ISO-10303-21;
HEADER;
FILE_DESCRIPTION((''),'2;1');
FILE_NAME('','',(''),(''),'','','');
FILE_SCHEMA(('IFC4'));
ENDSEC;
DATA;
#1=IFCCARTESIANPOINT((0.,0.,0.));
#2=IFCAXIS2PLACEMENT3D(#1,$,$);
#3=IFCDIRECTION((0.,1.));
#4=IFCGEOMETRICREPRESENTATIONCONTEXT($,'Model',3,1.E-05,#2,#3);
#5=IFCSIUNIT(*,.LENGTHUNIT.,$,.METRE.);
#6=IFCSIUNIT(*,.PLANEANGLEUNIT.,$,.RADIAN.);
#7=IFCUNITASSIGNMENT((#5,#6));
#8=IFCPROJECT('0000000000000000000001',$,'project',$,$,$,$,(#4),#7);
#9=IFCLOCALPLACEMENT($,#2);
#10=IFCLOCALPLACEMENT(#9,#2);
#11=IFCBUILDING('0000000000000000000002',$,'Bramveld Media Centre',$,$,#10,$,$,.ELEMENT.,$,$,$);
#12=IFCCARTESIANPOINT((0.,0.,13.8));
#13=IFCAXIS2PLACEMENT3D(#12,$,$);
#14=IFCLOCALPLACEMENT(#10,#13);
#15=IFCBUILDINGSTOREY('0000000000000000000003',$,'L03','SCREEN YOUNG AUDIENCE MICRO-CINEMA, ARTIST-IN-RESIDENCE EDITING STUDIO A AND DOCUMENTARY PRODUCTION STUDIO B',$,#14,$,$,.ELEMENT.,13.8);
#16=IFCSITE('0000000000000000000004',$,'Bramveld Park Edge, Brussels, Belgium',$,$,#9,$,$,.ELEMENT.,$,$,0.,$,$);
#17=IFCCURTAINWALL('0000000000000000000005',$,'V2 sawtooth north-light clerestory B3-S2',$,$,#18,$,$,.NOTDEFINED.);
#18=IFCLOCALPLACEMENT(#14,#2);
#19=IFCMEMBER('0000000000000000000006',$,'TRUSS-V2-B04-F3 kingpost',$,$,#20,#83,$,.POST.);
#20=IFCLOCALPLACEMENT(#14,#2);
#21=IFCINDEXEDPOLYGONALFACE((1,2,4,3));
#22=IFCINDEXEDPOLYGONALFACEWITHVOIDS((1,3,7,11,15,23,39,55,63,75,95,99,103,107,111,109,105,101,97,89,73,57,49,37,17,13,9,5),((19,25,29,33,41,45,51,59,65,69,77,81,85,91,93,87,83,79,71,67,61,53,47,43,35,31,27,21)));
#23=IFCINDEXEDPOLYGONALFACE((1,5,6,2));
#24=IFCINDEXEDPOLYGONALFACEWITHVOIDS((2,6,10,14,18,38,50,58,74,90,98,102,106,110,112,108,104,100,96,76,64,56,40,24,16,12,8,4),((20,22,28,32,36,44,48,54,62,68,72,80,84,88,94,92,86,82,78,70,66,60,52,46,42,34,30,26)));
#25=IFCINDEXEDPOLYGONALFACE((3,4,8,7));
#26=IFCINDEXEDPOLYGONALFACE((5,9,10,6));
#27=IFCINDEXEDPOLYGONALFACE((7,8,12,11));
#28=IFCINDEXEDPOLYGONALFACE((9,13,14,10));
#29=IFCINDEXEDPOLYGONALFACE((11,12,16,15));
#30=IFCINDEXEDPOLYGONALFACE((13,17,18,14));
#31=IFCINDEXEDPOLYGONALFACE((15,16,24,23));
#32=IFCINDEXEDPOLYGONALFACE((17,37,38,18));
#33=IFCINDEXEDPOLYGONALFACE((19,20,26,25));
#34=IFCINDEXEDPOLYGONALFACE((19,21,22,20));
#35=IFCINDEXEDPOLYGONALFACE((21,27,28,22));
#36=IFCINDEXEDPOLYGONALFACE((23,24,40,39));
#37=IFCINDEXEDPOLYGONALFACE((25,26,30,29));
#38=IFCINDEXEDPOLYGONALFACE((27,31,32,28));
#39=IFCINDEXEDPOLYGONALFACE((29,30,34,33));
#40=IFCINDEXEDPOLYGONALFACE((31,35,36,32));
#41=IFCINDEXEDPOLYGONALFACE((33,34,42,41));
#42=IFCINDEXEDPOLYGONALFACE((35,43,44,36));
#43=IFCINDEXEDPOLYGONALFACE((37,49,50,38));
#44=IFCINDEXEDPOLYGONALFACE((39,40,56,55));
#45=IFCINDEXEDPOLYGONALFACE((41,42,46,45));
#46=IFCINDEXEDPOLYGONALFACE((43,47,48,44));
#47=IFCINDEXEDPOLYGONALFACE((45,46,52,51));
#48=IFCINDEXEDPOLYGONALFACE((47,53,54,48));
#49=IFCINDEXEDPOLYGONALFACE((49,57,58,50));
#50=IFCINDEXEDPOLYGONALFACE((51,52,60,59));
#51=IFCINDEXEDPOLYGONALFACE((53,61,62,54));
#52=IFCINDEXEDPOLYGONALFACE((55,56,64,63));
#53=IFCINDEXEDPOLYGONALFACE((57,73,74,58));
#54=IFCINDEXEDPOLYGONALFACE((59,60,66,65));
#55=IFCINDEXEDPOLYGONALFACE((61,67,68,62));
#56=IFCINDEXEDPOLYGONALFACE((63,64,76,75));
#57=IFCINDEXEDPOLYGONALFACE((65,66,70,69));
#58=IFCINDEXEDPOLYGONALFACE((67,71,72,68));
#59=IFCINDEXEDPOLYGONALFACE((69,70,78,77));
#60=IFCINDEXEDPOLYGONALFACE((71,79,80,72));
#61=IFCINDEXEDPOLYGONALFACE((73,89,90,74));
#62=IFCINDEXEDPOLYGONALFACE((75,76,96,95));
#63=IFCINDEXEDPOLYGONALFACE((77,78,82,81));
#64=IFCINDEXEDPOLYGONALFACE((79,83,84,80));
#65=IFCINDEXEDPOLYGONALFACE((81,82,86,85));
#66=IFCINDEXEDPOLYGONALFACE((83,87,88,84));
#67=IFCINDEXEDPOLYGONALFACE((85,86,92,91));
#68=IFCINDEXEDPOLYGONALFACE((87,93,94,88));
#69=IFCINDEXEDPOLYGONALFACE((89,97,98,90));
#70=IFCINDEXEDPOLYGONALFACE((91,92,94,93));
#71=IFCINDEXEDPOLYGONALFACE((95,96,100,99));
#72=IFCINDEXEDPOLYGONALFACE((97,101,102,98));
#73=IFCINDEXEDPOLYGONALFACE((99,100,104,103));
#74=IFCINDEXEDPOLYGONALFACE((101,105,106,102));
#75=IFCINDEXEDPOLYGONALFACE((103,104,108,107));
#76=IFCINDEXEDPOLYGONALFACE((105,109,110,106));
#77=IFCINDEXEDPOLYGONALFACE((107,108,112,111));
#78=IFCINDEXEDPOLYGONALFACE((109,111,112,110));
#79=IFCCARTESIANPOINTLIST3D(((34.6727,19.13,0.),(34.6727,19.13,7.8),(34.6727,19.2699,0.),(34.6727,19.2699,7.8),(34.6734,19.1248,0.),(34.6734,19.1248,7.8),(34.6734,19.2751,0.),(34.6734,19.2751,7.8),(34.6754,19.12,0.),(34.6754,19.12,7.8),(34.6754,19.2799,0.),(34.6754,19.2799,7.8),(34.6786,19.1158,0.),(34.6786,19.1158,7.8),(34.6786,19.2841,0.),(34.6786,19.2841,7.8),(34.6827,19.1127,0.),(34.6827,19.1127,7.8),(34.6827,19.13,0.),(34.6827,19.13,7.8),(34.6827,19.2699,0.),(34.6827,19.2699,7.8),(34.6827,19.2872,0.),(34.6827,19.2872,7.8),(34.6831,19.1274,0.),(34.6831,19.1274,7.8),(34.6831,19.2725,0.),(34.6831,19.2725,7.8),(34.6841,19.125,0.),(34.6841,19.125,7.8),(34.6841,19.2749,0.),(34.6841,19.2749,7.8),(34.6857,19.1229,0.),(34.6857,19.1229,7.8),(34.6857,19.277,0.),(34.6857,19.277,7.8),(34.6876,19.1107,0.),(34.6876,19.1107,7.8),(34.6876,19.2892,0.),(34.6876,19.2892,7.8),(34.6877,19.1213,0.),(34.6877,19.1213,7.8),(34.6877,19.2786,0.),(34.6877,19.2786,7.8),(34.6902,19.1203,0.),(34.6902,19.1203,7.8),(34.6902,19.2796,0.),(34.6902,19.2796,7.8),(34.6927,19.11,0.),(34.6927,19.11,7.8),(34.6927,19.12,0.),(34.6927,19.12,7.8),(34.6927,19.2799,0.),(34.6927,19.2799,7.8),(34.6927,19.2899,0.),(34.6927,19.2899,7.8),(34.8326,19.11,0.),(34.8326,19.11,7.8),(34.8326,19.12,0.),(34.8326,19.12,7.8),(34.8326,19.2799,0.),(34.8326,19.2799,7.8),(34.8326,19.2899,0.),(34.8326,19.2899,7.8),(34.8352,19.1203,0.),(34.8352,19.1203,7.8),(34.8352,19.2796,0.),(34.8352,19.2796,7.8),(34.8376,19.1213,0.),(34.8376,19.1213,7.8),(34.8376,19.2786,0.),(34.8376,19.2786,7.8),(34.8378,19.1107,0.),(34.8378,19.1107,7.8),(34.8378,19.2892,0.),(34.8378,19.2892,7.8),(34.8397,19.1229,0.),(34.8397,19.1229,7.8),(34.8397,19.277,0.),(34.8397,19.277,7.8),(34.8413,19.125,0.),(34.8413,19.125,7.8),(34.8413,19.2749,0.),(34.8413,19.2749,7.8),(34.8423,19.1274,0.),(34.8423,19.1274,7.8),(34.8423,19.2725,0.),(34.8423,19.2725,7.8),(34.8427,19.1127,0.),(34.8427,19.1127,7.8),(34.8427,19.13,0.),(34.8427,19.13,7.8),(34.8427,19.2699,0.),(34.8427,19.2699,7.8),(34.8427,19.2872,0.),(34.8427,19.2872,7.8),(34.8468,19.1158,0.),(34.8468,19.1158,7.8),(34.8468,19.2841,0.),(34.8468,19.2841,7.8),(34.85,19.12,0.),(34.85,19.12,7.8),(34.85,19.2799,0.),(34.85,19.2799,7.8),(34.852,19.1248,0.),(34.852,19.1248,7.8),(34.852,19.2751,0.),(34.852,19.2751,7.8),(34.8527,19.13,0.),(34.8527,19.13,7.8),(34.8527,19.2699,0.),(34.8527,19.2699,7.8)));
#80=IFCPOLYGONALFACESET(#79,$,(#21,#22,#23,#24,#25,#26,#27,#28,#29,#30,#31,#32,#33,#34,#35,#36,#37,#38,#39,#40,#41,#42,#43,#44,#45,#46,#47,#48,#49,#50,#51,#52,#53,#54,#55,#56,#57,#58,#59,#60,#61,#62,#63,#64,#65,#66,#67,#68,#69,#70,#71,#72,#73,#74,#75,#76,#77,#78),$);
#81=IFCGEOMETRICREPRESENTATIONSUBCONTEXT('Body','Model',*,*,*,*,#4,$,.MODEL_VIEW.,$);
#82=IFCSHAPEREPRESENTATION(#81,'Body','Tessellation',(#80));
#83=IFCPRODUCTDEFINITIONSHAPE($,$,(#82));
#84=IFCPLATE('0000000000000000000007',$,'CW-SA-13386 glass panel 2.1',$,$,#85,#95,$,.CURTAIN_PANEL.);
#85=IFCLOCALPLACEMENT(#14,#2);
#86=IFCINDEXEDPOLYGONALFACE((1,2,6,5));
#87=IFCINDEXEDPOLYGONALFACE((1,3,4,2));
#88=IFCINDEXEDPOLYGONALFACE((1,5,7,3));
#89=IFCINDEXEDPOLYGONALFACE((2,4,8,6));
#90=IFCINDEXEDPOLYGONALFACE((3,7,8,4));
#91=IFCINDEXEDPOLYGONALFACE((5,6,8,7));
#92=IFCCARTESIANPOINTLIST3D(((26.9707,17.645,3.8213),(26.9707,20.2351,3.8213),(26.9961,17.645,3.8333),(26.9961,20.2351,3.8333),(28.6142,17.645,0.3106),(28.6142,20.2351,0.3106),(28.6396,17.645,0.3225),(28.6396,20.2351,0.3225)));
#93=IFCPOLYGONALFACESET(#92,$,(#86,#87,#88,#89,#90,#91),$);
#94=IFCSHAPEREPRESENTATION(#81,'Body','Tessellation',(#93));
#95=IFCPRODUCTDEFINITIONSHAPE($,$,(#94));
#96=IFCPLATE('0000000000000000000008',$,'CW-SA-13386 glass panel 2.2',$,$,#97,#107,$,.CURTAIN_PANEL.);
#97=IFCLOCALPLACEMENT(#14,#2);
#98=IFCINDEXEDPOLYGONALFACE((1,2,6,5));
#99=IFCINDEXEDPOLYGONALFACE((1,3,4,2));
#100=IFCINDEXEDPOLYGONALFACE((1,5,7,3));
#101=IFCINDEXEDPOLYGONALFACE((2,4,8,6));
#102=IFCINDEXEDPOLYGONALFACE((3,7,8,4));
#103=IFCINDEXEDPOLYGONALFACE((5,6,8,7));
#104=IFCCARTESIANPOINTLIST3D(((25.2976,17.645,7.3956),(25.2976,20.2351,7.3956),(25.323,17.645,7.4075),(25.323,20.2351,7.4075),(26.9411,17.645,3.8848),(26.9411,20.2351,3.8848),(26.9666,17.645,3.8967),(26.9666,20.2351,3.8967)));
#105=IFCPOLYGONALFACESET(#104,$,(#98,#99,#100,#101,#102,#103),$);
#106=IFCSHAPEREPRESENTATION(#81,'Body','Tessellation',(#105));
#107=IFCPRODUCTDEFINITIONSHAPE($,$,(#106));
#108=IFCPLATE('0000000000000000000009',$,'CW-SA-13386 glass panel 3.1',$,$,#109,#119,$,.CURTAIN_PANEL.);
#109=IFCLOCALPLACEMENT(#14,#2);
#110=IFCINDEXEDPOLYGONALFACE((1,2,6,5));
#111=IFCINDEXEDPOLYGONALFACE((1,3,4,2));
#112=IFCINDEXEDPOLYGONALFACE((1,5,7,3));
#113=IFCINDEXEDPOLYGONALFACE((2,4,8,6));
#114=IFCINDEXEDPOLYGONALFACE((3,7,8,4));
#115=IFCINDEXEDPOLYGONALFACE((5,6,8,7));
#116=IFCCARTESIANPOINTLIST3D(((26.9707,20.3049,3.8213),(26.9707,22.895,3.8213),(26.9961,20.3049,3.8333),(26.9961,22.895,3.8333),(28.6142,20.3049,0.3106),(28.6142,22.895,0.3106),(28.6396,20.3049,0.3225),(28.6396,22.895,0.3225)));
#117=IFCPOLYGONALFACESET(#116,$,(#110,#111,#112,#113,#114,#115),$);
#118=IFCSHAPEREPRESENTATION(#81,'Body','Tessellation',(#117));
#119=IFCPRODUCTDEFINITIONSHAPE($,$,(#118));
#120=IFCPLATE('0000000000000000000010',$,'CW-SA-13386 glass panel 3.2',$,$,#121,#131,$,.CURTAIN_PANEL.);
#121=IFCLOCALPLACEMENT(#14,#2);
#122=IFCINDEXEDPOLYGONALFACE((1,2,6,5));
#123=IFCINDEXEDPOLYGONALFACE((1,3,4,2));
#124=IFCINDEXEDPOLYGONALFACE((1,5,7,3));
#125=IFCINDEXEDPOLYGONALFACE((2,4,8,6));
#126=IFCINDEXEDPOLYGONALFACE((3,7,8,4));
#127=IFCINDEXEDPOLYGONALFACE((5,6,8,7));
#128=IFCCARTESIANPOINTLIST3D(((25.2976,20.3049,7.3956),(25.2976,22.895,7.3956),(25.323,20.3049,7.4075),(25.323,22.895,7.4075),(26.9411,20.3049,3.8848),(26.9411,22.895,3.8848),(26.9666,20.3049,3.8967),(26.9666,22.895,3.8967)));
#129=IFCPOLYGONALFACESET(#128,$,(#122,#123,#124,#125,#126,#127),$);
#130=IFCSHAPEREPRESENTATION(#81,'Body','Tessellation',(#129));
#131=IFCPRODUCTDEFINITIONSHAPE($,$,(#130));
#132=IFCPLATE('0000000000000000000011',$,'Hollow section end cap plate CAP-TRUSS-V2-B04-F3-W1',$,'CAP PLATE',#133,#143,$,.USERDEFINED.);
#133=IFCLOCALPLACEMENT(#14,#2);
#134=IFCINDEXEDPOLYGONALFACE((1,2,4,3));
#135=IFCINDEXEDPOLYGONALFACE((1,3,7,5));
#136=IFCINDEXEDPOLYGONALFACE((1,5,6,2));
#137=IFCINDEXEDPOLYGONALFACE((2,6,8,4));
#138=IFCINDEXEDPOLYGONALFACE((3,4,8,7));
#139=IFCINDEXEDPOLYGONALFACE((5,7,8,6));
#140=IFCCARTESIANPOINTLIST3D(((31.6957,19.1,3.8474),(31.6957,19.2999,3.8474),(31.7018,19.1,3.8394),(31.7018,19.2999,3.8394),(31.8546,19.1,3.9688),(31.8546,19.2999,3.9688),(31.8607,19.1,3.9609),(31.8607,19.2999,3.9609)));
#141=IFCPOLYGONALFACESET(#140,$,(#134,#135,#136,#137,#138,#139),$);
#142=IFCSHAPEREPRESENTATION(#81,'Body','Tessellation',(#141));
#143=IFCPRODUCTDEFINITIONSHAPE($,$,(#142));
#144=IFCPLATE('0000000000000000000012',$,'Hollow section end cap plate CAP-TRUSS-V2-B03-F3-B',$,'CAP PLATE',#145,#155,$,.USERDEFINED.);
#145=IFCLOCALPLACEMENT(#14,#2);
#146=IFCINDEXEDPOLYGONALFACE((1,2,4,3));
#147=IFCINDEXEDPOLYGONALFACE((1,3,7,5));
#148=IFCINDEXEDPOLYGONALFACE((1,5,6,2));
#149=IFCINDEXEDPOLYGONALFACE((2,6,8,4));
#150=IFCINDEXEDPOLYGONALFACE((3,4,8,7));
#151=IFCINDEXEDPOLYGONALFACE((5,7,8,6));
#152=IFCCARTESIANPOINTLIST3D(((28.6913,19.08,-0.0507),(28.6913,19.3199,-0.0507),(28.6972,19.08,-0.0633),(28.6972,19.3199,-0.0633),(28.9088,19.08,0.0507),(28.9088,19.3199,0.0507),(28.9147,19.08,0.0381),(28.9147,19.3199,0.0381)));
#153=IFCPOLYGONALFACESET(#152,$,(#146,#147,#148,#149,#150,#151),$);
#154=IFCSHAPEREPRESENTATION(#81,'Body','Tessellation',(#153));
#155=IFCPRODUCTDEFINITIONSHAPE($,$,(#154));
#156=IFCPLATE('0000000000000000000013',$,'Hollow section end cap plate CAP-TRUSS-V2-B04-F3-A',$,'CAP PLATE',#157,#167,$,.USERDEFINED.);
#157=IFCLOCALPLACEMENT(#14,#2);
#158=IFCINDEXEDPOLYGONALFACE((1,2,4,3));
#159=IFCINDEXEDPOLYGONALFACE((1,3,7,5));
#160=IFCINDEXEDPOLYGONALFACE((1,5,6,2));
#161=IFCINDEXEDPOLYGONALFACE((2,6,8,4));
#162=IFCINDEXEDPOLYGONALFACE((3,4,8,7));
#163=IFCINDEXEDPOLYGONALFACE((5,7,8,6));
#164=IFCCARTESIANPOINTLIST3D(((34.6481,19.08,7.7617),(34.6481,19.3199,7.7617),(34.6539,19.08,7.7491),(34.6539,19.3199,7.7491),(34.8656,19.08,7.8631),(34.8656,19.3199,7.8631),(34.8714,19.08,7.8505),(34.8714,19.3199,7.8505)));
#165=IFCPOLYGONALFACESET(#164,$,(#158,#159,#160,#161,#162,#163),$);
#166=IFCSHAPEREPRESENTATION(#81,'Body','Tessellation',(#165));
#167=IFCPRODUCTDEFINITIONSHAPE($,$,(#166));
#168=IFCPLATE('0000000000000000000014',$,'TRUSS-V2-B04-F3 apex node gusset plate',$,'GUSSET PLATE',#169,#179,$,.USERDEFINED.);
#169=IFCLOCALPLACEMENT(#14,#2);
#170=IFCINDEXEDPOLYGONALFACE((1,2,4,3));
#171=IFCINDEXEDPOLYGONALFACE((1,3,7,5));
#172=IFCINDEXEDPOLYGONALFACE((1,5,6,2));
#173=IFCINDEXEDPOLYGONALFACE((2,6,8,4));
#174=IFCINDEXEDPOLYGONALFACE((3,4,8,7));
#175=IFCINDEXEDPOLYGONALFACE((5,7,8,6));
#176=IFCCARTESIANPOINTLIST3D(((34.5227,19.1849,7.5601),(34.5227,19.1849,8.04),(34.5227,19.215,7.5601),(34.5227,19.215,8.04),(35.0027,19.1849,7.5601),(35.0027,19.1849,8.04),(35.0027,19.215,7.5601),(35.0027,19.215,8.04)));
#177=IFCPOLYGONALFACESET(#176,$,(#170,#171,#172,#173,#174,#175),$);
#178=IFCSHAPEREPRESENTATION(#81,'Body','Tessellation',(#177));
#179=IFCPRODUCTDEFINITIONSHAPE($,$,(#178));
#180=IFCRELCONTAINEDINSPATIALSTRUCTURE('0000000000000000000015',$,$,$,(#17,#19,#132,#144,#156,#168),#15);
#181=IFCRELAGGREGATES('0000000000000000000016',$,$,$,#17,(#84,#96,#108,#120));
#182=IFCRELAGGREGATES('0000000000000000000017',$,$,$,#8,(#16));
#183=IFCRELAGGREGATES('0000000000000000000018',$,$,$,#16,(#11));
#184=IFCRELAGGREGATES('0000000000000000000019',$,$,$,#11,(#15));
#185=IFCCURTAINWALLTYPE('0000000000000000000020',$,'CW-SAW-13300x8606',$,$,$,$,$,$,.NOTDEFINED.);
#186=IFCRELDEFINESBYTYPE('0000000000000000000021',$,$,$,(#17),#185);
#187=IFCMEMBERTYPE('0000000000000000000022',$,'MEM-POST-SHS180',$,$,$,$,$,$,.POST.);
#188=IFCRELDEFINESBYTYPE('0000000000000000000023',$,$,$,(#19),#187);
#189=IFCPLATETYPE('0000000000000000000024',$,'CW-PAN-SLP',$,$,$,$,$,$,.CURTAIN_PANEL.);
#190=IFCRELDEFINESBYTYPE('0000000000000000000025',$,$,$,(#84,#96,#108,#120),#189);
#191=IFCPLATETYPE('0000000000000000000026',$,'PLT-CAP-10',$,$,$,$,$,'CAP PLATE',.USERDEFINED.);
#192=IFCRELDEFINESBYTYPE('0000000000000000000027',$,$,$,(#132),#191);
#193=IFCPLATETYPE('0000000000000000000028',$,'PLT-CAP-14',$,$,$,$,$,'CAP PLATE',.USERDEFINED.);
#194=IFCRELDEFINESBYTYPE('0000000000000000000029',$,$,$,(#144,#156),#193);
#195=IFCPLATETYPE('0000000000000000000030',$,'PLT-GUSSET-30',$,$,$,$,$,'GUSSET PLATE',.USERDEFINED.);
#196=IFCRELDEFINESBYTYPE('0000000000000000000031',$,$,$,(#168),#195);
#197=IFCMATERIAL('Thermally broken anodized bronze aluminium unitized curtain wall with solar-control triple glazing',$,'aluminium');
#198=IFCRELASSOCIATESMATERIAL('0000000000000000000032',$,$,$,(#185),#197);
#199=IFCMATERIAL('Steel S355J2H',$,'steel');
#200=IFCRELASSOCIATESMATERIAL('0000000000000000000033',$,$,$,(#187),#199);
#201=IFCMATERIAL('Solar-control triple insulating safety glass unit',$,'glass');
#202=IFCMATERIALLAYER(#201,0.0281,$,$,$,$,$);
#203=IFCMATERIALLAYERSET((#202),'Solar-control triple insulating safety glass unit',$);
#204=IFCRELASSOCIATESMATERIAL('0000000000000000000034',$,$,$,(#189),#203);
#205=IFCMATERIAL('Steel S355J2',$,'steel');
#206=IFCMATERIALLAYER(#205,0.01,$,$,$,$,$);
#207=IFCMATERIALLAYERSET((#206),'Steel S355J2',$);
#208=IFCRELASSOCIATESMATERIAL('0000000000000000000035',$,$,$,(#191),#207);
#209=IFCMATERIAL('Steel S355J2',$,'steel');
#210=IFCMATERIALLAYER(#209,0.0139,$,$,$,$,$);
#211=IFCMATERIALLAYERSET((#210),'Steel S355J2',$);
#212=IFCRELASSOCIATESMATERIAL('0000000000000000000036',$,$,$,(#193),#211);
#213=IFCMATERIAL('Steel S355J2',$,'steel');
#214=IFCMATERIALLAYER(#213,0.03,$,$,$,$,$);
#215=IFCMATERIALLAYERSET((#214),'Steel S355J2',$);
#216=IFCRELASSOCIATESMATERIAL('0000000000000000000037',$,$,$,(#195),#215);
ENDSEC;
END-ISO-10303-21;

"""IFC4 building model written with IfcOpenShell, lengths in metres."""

from ifc_helpers import new_model, si_unit, direction, frame, origin, origin_2d, place, context, subcontext, project, spatial, polyline, rectangle, hollow_rectangle, outline, extrude, material, layer, layer_set, material_profile, profile_set, type_object, element, aggregate, save


model = new_model("IFC4")

# Units and contexts
model_context = context("Model", 3, precision=1e-05, world=origin(), true_north=direction((0.0, 1.0)))
body_context = subcontext(model_context, "Body", "Model", "MODEL_VIEW")
ifc_project = project(units=[si_unit("LENGTHUNIT", "METRE"), si_unit("PLANEANGLEUNIT", "RADIAN")], contexts=[model_context])

# Site, building, storey
site_placement = place(None, origin())
site = spatial("IfcSite", under=ifc_project, at=site_placement, Name="Bramveld Park Edge, Brussels, Belgium", CompositionType="ELEMENT", RefElevation=0.0)
building_placement = place(site_placement, origin())
building = spatial("IfcBuilding", under=site, at=building_placement, Name="Bramveld Media Centre", CompositionType="ELEMENT")
storey_placement = place(building_placement, frame((0.0, 0.0, 13.8)))
storey = spatial("IfcBuildingStorey", under=building, at=storey_placement, Name="L03", Description="SCREEN YOUNG AUDIENCE MICRO-CINEMA, ARTIST-IN-RESIDENCE EDITING STUDIO A AND DOCUMENTARY PRODUCTION STUDIO B", CompositionType="ELEMENT", Elevation=13.8)

# Curtain wall
ifc_material_1 = material(Name="Thermally broken anodized bronze aluminium unitized curtain wall with solar-control triple glazing", Category="aluminium")
curtain_wall_type = type_object("IfcCurtainWallType", Name="CW-SAW-13300x8606", PredefinedType="NOTDEFINED", material=ifc_material_1)
curtain_wall_placement = place(storey_placement, origin())
curtain_wall = element("IfcCurtainWall", 1, at=curtain_wall_placement, inside=storey, type_object=curtain_wall_type, Name="V2 sawtooth north-light clerestory B3-S2", PredefinedType="NOTDEFINED")

# Member
ifc_material_2 = material(Name="Steel S355J2H", Category="steel")
ifc_material_profile_1 = material_profile(ifc_material_2, hollow_rectangle(XDim=0.1799, YDim=0.1799, WallThickness=0.01, InnerFilletRadius=0.01, OuterFilletRadius=0.02, at=origin_2d()), Name="SHS 180x180x10")
ifc_profile_set_1 = profile_set([ifc_material_profile_1], Name="Steel S355J2H")
member_type_1 = type_object("IfcMemberType", Name="MEM-POST-SHS180", PredefinedType="POST", material=ifc_profile_set_1)
member_1_placement = place(storey_placement, frame((34.7627, 19.2, 0.0), z_axis=(0.0, 0.0, 1.0), x_axis=(1.0, 0.0, 0.0)))
element("IfcMember", 2, at=member_1_placement, inside=storey, type_object=member_type_1, Name="TRUSS-V2-B04-F3 kingpost", PredefinedType="POST", context=body_context, shape_type="SweptSolid", body=[
    extrude(hollow_rectangle(XDim=0.1799, YDim=0.1799, WallThickness=0.01, InnerFilletRadius=0.01, OuterFilletRadius=0.02, at=origin_2d()), origin(), (0.0, 0.0, 1.0), 7.8),
])

# Plates
ifc_material_3 = material(Name="Solar-control triple insulating safety glass unit", Category="glass")
ifc_layer_1 = layer(ifc_material_3, 0.0281)
ifc_layer_set_1 = layer_set([ifc_layer_1], Name="Solar-control triple insulating safety glass unit")
plate_type_1 = type_object("IfcPlateType", Name="CW-PAN-SLP", PredefinedType="CURTAIN_PANEL", material=ifc_layer_set_1)
plate_1_placement = place(storey_placement, frame((28.6396, 17.645, 0.3225), z_axis=(0.905668, 0.0, 0.423988), x_axis=(0.0, 1.0, 0.0)))
plate_1 = element("IfcPlate", 3, at=plate_1_placement, type_object=plate_type_1, Name="CW-SA-13386 glass panel 2.1", PredefinedType="CURTAIN_PANEL", context=body_context, shape_type="SweptSolid", body=[
    extrude(outline(polyline([(0.0, 0.0), (2.5901, 0.0), (2.5901, 3.8764), (0.0, 3.8764), (0.0, 0.0)])), origin(), (0.0, 0.0, -1.0), 0.0281),
])
plate_2_placement = place(storey_placement, frame((26.9666, 17.645, 3.8967), z_axis=(0.905668, 0.0, 0.423988), x_axis=(0.0, 1.0, 0.0)))
plate_2 = element("IfcPlate", 4, at=plate_2_placement, type_object=plate_type_1, Name="CW-SA-13386 glass panel 2.2", PredefinedType="CURTAIN_PANEL", context=body_context, shape_type="SweptSolid", body=[
    extrude(outline(polyline([(0.0, 0.0), (2.5901, 0.0), (2.5901, 3.8764), (0.0, 3.8764), (0.0, 0.0)])), origin(), (0.0, 0.0, -1.0), 0.0281),
])
plate_3_placement = place(storey_placement, frame((28.6396, 20.3049, 0.3225), z_axis=(0.905668, 0.0, 0.423988), x_axis=(0.0, 1.0, 0.0)))
plate_3 = element("IfcPlate", 5, at=plate_3_placement, type_object=plate_type_1, Name="CW-SA-13386 glass panel 3.1", PredefinedType="CURTAIN_PANEL", context=body_context, shape_type="SweptSolid", body=[
    extrude(outline(polyline([(0.0, 0.0), (2.5901, 0.0), (2.5901, 3.8764), (0.0, 3.8764), (0.0, 0.0)])), origin(), (0.0, 0.0, -1.0), 0.0281),
])
plate_4_placement = place(storey_placement, frame((26.9666, 20.3049, 3.8967), z_axis=(0.905668, 0.0, 0.423988), x_axis=(0.0, 1.0, 0.0)))
plate_4 = element("IfcPlate", 6, at=plate_4_placement, type_object=plate_type_1, Name="CW-SA-13386 glass panel 3.2", PredefinedType="CURTAIN_PANEL", context=body_context, shape_type="SweptSolid", body=[
    extrude(outline(polyline([(0.0, 0.0), (2.5901, 0.0), (2.5901, 3.8764), (0.0, 3.8764), (0.0, 0.0)])), origin(), (0.0, 0.0, -1.0), 0.0281),
])
aggregate(curtain_wall, [plate_1, plate_2, plate_3, plate_4])

# Plates
ifc_material_4 = material(Name="Steel S355J2", Category="steel")
ifc_layer_2 = layer(ifc_material_4, 0.01)
ifc_layer_set_2 = layer_set([ifc_layer_2], Name="Steel S355J2")
plate_type_2 = type_object("IfcPlateType", Name="PLT-CAP-10", ElementType="CAP PLATE", PredefinedType="USERDEFINED", material=ifc_layer_set_2)
plate_5_placement = place(storey_placement, frame((31.7812, 19.2, 3.9001), z_axis=(-0.607328, 0.0, 0.794451), x_axis=(0.0, -1.0, 0.0)))
element("IfcPlate", 7, at=plate_5_placement, inside=storey, type_object=plate_type_2, Name="Hollow section end cap plate CAP-TRUSS-V2-B04-F3-W1", ObjectType="CAP PLATE", PredefinedType="USERDEFINED", context=body_context, shape_type="SweptSolid", body=[
    extrude(rectangle(XDim=0.2, YDim=0.2, at=origin_2d()), origin(), (0.0, 0.0, 1.0), 0.01),
])
ifc_material_5 = material(Name="Steel S355J2", Category="steel")
ifc_layer_3 = layer(ifc_material_5, 0.0139)
ifc_layer_set_3 = layer_set([ifc_layer_3], Name="Steel S355J2")
plate_type_3 = type_object("IfcPlateType", Name="PLT-CAP-14", ElementType="CAP PLATE", PredefinedType="USERDEFINED", material=ifc_layer_set_3)
for number, where, z_axis, x_axis, name in (
    (8, (28.8, 19.2, 0.0), (0.422618, 0.0, -0.906308), (0.0, 1.0, 0.0), "Hollow section end cap plate CAP-TRUSS-V2-B03-F3-B"),
    (9, (34.7627, 19.2, 7.7998), (-0.422618, 0.0, 0.906308), (0.0, -1.0, 0.0), "Hollow section end cap plate CAP-TRUSS-V2-B04-F3-A"),
):
    element("IfcPlate", number, at=place(storey_placement, frame(where, z_axis=z_axis, x_axis=x_axis)), inside=storey, type_object=plate_type_3, Name=name, ObjectType="CAP PLATE", PredefinedType="USERDEFINED", context=body_context, shape_type="SweptSolid", body=[
        extrude(rectangle(XDim=0.24, YDim=0.24, at=origin_2d()), origin(), (0.0, 0.0, 1.0), 0.0139),
    ])
ifc_material_6 = material(Name="Steel S355J2", Category="steel")
ifc_layer_4 = layer(ifc_material_6, 0.03)
ifc_layer_set_4 = layer_set([ifc_layer_4], Name="Steel S355J2")
plate_type_4 = type_object("IfcPlateType", Name="PLT-GUSSET-30", ElementType="GUSSET PLATE", PredefinedType="USERDEFINED", material=ifc_layer_set_4)
plate_6_placement = place(storey_placement, frame((34.7627, 19.2, 7.5601), z_axis=(0.0, 0.0, 1.0), x_axis=(1.0, 0.0, 0.0)))
element("IfcPlate", 10, at=plate_6_placement, inside=storey, type_object=plate_type_4, Name="TRUSS-V2-B04-F3 apex node gusset plate", ObjectType="GUSSET PLATE", PredefinedType="USERDEFINED", context=body_context, shape_type="SweptSolid", body=[
    extrude(rectangle(XDim=0.48, YDim=0.03, at=origin_2d()), origin(), (0.0, 0.0, 1.0), 0.48),
])

save(model, "model.ifc")
